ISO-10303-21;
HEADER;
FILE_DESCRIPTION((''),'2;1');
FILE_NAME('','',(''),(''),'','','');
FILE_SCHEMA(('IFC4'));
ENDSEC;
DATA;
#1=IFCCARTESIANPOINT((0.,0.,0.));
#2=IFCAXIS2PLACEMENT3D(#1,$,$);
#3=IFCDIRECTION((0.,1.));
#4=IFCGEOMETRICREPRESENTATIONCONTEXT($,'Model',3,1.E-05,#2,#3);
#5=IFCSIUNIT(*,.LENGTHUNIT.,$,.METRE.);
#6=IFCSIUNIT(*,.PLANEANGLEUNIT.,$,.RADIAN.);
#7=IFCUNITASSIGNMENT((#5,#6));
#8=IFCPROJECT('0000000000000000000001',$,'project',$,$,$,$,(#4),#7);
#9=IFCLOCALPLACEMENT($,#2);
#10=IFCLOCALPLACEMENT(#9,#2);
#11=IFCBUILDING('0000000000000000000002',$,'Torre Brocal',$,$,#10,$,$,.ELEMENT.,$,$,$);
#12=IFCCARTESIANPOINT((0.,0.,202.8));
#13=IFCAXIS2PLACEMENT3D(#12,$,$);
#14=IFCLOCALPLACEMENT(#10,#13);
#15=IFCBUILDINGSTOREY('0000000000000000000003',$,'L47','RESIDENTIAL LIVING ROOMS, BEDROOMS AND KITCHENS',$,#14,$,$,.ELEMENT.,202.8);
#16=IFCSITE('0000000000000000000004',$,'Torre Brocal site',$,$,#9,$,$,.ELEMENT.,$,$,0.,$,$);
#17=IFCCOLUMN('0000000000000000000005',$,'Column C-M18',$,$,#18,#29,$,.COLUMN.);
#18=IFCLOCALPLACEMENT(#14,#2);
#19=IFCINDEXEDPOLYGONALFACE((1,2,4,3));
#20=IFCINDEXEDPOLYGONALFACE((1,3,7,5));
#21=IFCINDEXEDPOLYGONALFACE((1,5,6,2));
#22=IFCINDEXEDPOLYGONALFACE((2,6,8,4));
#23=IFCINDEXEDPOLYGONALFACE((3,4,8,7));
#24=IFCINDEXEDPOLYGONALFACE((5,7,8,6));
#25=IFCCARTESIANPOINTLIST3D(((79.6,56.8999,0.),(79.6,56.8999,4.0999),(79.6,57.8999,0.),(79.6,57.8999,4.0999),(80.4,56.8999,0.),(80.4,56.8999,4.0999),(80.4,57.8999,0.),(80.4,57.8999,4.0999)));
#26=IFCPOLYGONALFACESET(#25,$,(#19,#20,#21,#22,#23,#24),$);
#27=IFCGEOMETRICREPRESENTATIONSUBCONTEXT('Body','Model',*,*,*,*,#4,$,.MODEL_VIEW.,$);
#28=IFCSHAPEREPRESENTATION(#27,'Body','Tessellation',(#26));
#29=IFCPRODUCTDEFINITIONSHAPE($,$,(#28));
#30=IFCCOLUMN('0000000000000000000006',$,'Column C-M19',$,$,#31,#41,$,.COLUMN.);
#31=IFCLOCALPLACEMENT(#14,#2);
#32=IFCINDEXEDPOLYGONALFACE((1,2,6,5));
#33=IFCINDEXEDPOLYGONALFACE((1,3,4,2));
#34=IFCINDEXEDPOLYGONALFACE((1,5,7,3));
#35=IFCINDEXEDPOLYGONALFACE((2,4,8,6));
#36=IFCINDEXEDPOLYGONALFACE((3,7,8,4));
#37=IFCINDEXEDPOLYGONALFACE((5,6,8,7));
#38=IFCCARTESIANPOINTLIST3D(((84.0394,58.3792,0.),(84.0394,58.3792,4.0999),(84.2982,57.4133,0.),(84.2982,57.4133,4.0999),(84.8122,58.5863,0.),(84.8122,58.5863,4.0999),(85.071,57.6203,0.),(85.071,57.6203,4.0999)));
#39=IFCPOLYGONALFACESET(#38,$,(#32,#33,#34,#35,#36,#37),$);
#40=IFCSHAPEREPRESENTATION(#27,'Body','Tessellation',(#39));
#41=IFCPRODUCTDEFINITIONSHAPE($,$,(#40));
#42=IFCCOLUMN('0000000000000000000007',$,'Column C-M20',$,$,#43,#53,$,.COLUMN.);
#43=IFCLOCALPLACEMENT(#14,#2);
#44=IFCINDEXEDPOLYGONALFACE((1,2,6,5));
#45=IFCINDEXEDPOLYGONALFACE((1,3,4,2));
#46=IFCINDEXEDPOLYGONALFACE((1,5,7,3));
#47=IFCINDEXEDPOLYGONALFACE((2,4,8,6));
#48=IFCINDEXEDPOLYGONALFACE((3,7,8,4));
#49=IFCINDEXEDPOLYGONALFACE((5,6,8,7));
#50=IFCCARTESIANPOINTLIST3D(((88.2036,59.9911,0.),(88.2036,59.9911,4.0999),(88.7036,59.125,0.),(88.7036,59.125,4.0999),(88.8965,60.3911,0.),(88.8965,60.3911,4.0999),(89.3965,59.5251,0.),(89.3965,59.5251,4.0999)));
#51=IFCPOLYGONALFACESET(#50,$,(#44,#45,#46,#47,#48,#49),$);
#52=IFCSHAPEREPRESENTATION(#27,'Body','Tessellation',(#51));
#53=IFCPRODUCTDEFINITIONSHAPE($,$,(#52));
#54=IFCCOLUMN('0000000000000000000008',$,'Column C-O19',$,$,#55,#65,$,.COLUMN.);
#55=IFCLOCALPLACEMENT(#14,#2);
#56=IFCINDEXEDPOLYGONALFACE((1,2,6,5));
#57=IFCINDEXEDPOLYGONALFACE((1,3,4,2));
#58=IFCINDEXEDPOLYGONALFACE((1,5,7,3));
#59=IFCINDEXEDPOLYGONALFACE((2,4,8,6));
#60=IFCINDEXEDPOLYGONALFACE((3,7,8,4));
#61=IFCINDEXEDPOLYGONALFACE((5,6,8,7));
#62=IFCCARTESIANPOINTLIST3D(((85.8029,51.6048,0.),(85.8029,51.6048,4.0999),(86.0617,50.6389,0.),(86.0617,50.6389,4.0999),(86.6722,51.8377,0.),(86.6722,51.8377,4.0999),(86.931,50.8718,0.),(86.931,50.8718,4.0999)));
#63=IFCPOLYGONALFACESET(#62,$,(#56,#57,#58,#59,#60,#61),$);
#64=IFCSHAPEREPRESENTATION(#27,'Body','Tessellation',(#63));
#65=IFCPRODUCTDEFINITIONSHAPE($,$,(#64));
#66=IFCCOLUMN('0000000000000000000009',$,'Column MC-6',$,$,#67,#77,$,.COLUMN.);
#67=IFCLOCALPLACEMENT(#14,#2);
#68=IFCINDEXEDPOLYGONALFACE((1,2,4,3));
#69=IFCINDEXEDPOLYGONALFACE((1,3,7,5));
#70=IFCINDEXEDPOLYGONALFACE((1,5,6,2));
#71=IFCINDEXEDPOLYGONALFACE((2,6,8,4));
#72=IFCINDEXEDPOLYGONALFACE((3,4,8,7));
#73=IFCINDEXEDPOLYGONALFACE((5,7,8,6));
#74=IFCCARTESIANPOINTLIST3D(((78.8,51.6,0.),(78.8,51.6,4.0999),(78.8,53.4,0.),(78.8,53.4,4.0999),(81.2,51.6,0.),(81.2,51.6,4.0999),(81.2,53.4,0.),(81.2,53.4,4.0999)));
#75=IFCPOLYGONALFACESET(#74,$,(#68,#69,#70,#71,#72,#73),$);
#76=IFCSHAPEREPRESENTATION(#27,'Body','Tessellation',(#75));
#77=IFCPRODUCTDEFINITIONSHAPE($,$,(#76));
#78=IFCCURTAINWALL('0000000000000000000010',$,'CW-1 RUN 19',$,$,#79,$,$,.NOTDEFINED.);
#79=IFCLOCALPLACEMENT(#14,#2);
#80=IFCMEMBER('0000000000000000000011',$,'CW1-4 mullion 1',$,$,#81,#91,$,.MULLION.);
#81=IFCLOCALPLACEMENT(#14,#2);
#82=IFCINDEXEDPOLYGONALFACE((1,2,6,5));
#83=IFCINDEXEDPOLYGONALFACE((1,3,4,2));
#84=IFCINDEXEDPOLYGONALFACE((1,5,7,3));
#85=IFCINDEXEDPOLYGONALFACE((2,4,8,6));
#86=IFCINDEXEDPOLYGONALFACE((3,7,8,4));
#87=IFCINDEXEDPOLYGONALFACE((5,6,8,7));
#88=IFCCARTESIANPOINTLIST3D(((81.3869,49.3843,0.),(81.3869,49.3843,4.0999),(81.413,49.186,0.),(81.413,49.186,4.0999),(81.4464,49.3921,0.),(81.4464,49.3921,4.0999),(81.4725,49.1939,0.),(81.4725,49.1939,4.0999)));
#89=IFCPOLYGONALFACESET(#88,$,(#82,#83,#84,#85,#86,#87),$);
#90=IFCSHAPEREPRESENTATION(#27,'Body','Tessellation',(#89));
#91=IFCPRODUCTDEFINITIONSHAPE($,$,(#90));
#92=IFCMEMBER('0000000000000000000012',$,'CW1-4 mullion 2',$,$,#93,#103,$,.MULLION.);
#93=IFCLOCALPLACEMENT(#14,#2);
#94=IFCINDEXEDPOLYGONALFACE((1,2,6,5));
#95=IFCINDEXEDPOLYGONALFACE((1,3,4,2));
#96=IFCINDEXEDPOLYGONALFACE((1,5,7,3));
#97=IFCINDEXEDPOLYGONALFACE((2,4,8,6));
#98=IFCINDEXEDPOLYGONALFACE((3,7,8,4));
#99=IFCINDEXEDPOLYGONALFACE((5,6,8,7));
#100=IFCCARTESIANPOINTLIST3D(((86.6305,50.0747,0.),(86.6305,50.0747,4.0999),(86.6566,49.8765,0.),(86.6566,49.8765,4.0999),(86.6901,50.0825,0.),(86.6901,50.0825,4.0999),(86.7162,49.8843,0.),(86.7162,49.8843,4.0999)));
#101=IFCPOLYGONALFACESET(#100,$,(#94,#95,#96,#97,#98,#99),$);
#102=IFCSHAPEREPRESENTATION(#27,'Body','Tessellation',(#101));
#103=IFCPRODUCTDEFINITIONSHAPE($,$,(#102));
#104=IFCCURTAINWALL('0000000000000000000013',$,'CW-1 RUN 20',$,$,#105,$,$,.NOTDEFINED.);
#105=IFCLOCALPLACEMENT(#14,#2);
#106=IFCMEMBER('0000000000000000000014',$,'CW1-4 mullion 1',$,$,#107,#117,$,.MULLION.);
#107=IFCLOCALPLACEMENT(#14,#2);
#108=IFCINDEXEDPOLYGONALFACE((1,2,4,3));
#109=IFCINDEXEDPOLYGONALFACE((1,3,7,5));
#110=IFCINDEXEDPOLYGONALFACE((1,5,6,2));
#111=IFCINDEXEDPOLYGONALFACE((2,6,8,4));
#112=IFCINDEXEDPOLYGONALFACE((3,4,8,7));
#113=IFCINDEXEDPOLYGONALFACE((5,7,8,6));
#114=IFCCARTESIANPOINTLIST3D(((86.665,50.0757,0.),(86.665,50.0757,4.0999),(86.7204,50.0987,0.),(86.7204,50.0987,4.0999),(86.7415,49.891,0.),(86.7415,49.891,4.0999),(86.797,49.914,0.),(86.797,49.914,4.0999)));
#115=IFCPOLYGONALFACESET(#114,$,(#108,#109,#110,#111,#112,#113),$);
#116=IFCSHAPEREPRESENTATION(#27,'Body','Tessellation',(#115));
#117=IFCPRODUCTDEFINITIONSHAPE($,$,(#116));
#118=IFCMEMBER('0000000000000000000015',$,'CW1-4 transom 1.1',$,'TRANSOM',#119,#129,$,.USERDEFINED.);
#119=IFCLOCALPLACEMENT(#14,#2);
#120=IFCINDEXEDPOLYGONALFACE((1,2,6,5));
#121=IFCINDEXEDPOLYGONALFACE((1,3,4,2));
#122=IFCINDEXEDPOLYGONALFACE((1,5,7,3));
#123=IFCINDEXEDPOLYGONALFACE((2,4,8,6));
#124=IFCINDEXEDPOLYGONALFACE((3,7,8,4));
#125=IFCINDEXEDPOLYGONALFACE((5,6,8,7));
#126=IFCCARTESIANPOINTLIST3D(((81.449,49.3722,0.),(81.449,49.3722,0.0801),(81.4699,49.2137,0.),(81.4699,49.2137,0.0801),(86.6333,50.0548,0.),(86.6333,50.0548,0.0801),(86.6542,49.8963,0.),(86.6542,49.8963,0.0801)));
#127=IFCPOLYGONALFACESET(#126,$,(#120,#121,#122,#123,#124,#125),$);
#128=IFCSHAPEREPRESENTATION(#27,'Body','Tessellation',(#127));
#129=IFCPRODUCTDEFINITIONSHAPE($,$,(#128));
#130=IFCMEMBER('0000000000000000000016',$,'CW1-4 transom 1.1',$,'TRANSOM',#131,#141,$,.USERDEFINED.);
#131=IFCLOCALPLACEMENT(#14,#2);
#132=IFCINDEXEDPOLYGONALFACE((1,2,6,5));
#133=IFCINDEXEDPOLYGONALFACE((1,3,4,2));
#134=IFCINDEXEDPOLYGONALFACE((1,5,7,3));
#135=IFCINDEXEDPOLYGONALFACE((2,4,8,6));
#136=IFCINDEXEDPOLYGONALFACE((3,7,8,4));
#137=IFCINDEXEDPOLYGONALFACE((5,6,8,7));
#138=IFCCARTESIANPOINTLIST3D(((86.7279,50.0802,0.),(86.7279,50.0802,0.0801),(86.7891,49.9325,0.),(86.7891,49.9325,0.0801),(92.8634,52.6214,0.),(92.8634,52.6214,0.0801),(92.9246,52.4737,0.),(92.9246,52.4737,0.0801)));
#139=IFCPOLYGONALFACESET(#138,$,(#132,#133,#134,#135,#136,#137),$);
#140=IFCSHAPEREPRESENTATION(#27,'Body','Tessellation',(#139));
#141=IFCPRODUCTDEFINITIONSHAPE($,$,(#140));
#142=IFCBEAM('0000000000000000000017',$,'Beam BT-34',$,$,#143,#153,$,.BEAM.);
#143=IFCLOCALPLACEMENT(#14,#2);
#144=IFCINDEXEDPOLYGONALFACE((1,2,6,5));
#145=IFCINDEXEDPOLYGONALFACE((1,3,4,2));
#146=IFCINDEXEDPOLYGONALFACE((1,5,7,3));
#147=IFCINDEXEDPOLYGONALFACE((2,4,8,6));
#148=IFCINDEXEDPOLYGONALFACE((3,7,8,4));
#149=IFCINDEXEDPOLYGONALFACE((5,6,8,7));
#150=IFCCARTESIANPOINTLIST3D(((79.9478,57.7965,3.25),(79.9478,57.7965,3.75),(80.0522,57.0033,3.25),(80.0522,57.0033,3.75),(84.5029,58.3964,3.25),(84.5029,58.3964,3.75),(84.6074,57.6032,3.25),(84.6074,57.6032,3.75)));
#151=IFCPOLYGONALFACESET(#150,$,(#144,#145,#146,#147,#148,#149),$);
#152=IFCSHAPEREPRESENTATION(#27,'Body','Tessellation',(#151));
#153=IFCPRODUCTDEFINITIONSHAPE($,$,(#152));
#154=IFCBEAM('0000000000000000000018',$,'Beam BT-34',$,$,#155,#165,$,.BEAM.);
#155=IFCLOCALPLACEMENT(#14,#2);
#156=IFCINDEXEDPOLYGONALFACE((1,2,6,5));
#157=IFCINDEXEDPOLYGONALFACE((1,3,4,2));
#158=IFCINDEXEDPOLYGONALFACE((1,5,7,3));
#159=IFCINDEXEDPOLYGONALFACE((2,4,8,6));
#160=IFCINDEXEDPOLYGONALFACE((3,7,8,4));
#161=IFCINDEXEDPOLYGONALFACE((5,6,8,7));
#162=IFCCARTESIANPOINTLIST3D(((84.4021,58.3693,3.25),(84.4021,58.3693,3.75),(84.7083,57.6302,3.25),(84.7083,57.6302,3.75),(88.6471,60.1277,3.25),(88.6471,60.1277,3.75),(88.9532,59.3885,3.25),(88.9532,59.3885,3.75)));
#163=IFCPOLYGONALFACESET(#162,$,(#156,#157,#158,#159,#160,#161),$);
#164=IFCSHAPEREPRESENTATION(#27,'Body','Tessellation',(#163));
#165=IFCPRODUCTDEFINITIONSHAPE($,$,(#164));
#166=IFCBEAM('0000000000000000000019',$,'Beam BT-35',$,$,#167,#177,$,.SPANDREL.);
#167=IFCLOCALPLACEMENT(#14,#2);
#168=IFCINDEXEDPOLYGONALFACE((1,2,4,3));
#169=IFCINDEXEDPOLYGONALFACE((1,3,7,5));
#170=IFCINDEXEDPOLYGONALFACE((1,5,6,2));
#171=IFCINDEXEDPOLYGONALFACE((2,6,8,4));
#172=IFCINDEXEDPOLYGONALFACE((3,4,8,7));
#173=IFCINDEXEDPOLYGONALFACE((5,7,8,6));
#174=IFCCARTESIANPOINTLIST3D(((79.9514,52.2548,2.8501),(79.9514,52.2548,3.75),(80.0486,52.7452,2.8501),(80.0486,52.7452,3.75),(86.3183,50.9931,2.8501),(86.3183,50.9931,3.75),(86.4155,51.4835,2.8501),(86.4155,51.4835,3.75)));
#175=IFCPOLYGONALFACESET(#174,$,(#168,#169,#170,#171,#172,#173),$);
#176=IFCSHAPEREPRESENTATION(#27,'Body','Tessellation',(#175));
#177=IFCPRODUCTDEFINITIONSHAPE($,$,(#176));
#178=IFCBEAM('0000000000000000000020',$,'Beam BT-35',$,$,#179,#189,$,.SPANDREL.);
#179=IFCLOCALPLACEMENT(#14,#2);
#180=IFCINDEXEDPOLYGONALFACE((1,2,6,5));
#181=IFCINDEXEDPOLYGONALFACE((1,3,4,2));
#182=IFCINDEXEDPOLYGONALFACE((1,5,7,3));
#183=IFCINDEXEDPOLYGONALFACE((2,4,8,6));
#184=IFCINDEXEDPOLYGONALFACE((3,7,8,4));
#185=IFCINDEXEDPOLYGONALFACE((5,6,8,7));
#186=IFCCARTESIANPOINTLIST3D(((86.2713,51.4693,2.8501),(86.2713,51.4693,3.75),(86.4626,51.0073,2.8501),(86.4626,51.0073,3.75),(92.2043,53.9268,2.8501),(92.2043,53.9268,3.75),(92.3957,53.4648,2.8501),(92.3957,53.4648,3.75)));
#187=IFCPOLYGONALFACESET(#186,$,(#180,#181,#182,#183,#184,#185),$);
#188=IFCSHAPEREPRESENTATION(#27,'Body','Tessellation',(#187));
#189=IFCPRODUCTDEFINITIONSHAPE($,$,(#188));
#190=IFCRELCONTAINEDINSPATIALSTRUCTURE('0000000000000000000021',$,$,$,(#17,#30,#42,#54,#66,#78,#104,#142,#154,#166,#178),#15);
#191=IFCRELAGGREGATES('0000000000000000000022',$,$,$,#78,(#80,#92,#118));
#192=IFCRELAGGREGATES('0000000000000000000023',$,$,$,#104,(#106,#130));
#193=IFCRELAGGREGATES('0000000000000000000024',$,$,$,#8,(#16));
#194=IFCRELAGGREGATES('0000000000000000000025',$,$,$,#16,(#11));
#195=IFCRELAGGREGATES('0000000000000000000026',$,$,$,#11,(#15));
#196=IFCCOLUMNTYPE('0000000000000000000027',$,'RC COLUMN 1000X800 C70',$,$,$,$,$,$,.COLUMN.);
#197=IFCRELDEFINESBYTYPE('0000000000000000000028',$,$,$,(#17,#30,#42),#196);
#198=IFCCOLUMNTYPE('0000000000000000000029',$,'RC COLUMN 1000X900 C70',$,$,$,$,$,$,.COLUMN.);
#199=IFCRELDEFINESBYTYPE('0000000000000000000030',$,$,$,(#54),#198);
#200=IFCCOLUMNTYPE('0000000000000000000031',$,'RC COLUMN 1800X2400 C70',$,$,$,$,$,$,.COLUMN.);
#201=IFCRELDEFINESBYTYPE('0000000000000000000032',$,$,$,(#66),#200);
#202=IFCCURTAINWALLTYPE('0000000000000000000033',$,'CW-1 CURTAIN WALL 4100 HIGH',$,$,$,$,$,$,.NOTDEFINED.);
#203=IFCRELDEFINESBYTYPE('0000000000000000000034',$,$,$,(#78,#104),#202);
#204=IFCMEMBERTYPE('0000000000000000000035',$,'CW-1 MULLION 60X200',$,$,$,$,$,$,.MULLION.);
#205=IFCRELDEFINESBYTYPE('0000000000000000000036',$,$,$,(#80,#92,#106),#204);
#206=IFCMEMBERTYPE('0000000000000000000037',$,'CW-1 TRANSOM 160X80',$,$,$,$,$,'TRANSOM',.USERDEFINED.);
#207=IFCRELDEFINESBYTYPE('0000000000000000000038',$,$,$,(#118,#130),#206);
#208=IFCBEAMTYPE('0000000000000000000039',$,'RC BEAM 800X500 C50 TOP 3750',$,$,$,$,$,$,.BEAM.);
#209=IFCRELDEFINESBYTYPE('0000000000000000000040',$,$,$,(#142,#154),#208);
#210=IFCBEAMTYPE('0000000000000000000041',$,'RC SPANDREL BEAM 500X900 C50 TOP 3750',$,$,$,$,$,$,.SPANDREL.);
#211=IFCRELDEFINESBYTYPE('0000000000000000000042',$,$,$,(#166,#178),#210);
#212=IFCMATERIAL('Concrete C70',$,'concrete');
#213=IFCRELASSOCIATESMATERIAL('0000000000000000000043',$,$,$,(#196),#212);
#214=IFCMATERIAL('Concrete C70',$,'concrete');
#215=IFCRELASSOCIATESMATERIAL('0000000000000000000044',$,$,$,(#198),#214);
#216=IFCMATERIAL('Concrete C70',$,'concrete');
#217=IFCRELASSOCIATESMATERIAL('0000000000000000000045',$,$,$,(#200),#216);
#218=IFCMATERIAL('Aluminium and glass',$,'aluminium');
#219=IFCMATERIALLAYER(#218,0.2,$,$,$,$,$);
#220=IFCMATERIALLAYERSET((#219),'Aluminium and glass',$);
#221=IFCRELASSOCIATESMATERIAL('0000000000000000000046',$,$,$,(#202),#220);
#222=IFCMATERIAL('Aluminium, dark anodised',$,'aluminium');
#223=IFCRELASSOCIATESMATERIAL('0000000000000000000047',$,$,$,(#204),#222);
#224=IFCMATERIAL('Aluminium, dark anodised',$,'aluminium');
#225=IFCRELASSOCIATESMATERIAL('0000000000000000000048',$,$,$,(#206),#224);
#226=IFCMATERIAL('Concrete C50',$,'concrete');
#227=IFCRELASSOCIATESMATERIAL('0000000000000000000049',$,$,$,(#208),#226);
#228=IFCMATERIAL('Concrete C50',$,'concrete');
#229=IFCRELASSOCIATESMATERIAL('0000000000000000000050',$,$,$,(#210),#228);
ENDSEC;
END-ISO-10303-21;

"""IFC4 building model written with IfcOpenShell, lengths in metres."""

from ifc_helpers import new_model, si_unit, direction, frame, origin, origin_2d, place, context, subcontext, project, spatial, rectangle, extrude, material, layer, layer_set, material_profile, profile_set, type_object, element, aggregate, save


model = new_model("IFC4")

# Units and contexts
model_context = context("Model", 3, precision=1e-05, world=origin(), true_north=direction((0.0, 1.0)))
body_context = subcontext(model_context, "Body", "Model", "MODEL_VIEW")
ifc_project = project(units=[si_unit("LENGTHUNIT", "METRE"), si_unit("PLANEANGLEUNIT", "RADIAN")], contexts=[model_context])

# Site, building, storey
site_placement = place(None, origin())
site = spatial("IfcSite", under=ifc_project, at=site_placement, Name="Torre Brocal site", CompositionType="ELEMENT", RefElevation=0.0)
building_placement = place(site_placement, origin())
building = spatial("IfcBuilding", under=site, at=building_placement, Name="Torre Brocal", CompositionType="ELEMENT")
storey_placement = place(building_placement, frame((0.0, 0.0, 202.8)))
storey = spatial("IfcBuildingStorey", under=building, at=storey_placement, Name="L47", Description="RESIDENTIAL LIVING ROOMS, BEDROOMS AND KITCHENS", CompositionType="ELEMENT", Elevation=202.8)

# Columns
ifc_material_1 = material(Name="Concrete C70", Category="concrete")
ifc_material_profile_1 = material_profile(ifc_material_1, rectangle(XDim=1.0, YDim=0.8, at=origin_2d()), Name="RC 1000X800")
ifc_profile_set_1 = profile_set([ifc_material_profile_1], Name="Concrete C70")
column_type_1 = type_object("IfcColumnType", Name="RC COLUMN 1000X800 C70", PredefinedType="COLUMN", material=ifc_profile_set_1)
for number, where, z_axis, x_axis, name in (
    (1, (80.0, 57.3999, 0.0), (0.0, 0.0, 1.0), (0.0, -1.0, 0.0), "Column C-M18"),
    (2, (84.5552, 57.9998, 0.0), (0.0, 0.0, 1.0), (0.258819, -0.965926, 0.0), "Column C-M19"),
    (3, (88.8, 59.7581, 0.0), (0.0, 0.0, 1.0), (0.5, -0.866025, 0.0), "Column C-M20"),
):
    element("IfcColumn", number, at=place(storey_placement, frame(where, z_axis=z_axis, x_axis=x_axis)), inside=storey, type_object=column_type_1, Name=name, PredefinedType="COLUMN", context=body_context, shape_type="SweptSolid", body=[
        extrude(rectangle(XDim=1.0, YDim=0.8, at=origin_2d()), origin(), (0.0, 0.0, 1.0), 4.0999),
    ])
ifc_material_2 = material(Name="Concrete C70", Category="concrete")
ifc_material_profile_2 = material_profile(ifc_material_2, rectangle(XDim=1.0, YDim=0.8999, at=origin_2d()), Name="RC 1000X900")
ifc_profile_set_2 = profile_set([ifc_material_profile_2], Name="Concrete C70")
column_type_2 = type_object("IfcColumnType", Name="RC COLUMN 1000X900 C70", PredefinedType="COLUMN", material=ifc_profile_set_2)
column_1_placement = place(storey_placement, frame((86.3669, 51.2383, 0.0), z_axis=(0.0, 0.0, 1.0), x_axis=(0.258819, -0.965926, 0.0)))
element("IfcColumn", 4, at=column_1_placement, inside=storey, type_object=column_type_2, Name="Column C-O19", PredefinedType="COLUMN", context=body_context, shape_type="SweptSolid", body=[
    extrude(rectangle(XDim=1.0, YDim=0.8999, at=origin_2d()), origin(), (0.0, 0.0, 1.0), 4.0999),
])
ifc_material_3 = material(Name="Concrete C70", Category="concrete")
ifc_material_profile_3 = material_profile(ifc_material_3, rectangle(XDim=1.8, YDim=2.3999, at=origin_2d()), Name="RC 1800X2400")
ifc_profile_set_3 = profile_set([ifc_material_profile_3], Name="Concrete C70")
column_type_3 = type_object("IfcColumnType", Name="RC COLUMN 1800X2400 C70", PredefinedType="COLUMN", material=ifc_profile_set_3)
column_2_placement = place(storey_placement, frame((80.0, 52.5, 0.0), z_axis=(0.0, 0.0, 1.0), x_axis=(0.0, -1.0, 0.0)))
element("IfcColumn", 5, at=column_2_placement, inside=storey, type_object=column_type_3, Name="Column MC-6", PredefinedType="COLUMN", context=body_context, shape_type="SweptSolid", body=[
    extrude(rectangle(XDim=1.8, YDim=2.3999, at=origin_2d()), origin(), (0.0, 0.0, 1.0), 4.0999),
])

# Curtain wall, members
ifc_material_4 = material(Name="Aluminium and glass", Category="aluminium")
ifc_layer_1 = layer(ifc_material_4, 0.2)
ifc_layer_set_1 = layer_set([ifc_layer_1], Name="Aluminium and glass")
curtain_wall_type = type_object("IfcCurtainWallType", Name="CW-1 CURTAIN WALL 4100 HIGH", PredefinedType="NOTDEFINED", material=ifc_layer_set_1)
curtain_wall_1_placement = place(storey_placement, origin())
curtain_wall_1 = element("IfcCurtainWall", 6, at=curtain_wall_1_placement, inside=storey, type_object=curtain_wall_type, Name="CW-1 RUN 19", PredefinedType="NOTDEFINED")
ifc_material_5 = material(Name="Aluminium, dark anodised", Category="aluminium")
ifc_material_profile_4 = material_profile(ifc_material_5, rectangle(XDim=0.2, YDim=0.0601, at=origin_2d()), Name="CW-1 MULLION 60X200")
ifc_profile_set_4 = profile_set([ifc_material_profile_4], Name="Aluminium, dark anodised")
member_type_1 = type_object("IfcMemberType", Name="CW-1 MULLION 60X200", PredefinedType="MULLION", material=ifc_profile_set_4)
member_1_placement = place(storey_placement, frame((81.4297, 49.2891, 0.0), z_axis=(0.0, 0.0, 1.0), x_axis=(-0.130526, 0.991445, 0.0)))
member_1 = element("IfcMember", 7, at=member_1_placement, type_object=member_type_1, Name="CW1-4 mullion 1", PredefinedType="MULLION", context=body_context, shape_type="SweptSolid", body=[
    extrude(rectangle(XDim=0.2, YDim=0.0601, at=origin_2d()), origin(), (0.0, 0.0, 1.0), 4.0999),
])
member_2_placement = place(storey_placement, frame((86.6733, 49.9795, 0.0), z_axis=(0.0, 0.0, 1.0), x_axis=(-0.130526, 0.991445, 0.0)))
member_2 = element("IfcMember", 8, at=member_2_placement, type_object=member_type_1, Name="CW1-4 mullion 2", PredefinedType="MULLION", context=body_context, shape_type="SweptSolid", body=[
    extrude(rectangle(XDim=0.2, YDim=0.0601, at=origin_2d()), origin(), (0.0, 0.0, 1.0), 4.0999),
])

# Curtain wall, member
curtain_wall_2_placement = place(storey_placement, origin())
curtain_wall_2 = element("IfcCurtainWall", 9, at=curtain_wall_2_placement, inside=storey, type_object=curtain_wall_type, Name="CW-1 RUN 20", PredefinedType="NOTDEFINED")
member_3_placement = place(storey_placement, frame((86.731, 49.9949, 0.0), z_axis=(0.0, 0.0, 1.0), x_axis=(-0.382683, 0.92388, 0.0)))
member_3 = element("IfcMember", 10, at=member_3_placement, type_object=member_type_1, Name="CW1-4 mullion 1", PredefinedType="MULLION", context=body_context, shape_type="SweptSolid", body=[
    extrude(rectangle(XDim=0.2, YDim=0.0601, at=origin_2d()), origin(), (0.0, 0.0, 1.0), 4.0999),
])

# Members
ifc_material_6 = material(Name="Aluminium, dark anodised", Category="aluminium")
ifc_material_profile_5 = material_profile(ifc_material_6, rectangle(XDim=0.1599, YDim=0.0801, at=origin_2d()), Name="CW-1 TRANSOM 160X80")
ifc_profile_set_5 = profile_set([ifc_material_profile_5], Name="Aluminium, dark anodised")
member_type_2 = type_object("IfcMemberType", Name="CW-1 TRANSOM 160X80", ElementType="TRANSOM", PredefinedType="USERDEFINED", material=ifc_profile_set_5)
member_4_placement = place(storey_placement, frame((81.4595, 49.293, 0.04), z_axis=(0.991443, 0.130543, 0.0), x_axis=(-0.130543, 0.991443, 0.0)))
member_4 = element("IfcMember", 11, at=member_4_placement, type_object=member_type_2, Name="CW1-4 transom 1.1", ObjectType="TRANSOM", PredefinedType="USERDEFINED", context=body_context, shape_type="SweptSolid", body=[
    extrude(rectangle(XDim=0.1599, YDim=0.0801, at=origin_2d()), origin(), (0.0, 0.0, 1.0), 5.229),
])
member_5_placement = place(storey_placement, frame((86.7585, 50.0063, 0.04), z_axis=(0.923887, 0.382665, 0.0), x_axis=(-0.382665, 0.923887, 0.0)))
member_5 = element("IfcMember", 12, at=member_5_placement, type_object=member_type_2, Name="CW1-4 transom 1.1", ObjectType="TRANSOM", PredefinedType="USERDEFINED", context=body_context, shape_type="SweptSolid", body=[
    extrude(rectangle(XDim=0.1599, YDim=0.0801, at=origin_2d()), origin(), (0.0, 0.0, 1.0), 6.6409),
])

# Beams
ifc_material_7 = material(Name="Concrete C50", Category="concrete")
ifc_material_profile_6 = material_profile(ifc_material_7, rectangle(XDim=0.8, YDim=0.5, at=origin_2d()), Name="RC 800X500")
ifc_profile_set_6 = profile_set([ifc_material_profile_6], Name="Concrete C50")
beam_type_1 = type_object("IfcBeamType", Name="RC BEAM 800X500 C50 TOP 3750", PredefinedType="BEAM", material=ifc_profile_set_6)
beam_1_placement = place(storey_placement, frame((80.0, 57.3999, 3.5), z_axis=(0.991441, 0.130559, 0.0), x_axis=(-0.130559, 0.991441, 0.0)))
element("IfcBeam", 13, at=beam_1_placement, inside=storey, type_object=beam_type_1, Name="Beam BT-34", PredefinedType="BEAM", context=body_context, shape_type="SweptSolid", body=[
    extrude(rectangle(XDim=0.8, YDim=0.5, at=origin_2d()), origin(), (0.0, 0.0, 1.0), 4.5945),
])
beam_2_placement = place(storey_placement, frame((84.5552, 57.9998, 3.5), z_axis=(0.923878, 0.382687, 0.0), x_axis=(-0.382687, 0.923878, 0.0)))
element("IfcBeam", 14, at=beam_2_placement, inside=storey, type_object=beam_type_1, Name="Beam BT-34", PredefinedType="BEAM", context=body_context, shape_type="SweptSolid", body=[
    extrude(rectangle(XDim=0.8, YDim=0.5, at=origin_2d()), origin(), (0.0, 0.0, 1.0), 4.5947),
])
ifc_material_8 = material(Name="Concrete C50", Category="concrete")
ifc_material_profile_7 = material_profile(ifc_material_8, rectangle(XDim=0.5, YDim=0.8999, at=origin_2d()), Name="RC 500X900")
ifc_profile_set_7 = profile_set([ifc_material_profile_7], Name="Concrete C50")
beam_type_2 = type_object("IfcBeamType", Name="RC SPANDREL BEAM 500X900 C50 TOP 3750", PredefinedType="SPANDREL", material=ifc_profile_set_7)
beam_3_placement = place(storey_placement, frame((80.0, 52.5, 3.3), z_axis=(0.980925, -0.194387, 0.0), x_axis=(0.194387, 0.980925, 0.0)))
element("IfcBeam", 15, at=beam_3_placement, inside=storey, type_object=beam_type_2, Name="Beam BT-35", PredefinedType="SPANDREL", context=body_context, shape_type="SweptSolid", body=[
    extrude(rectangle(XDim=0.5, YDim=0.8999, at=origin_2d()), origin(), (0.0, 0.0, 1.0), 6.4907),
])
beam_4_placement = place(storey_placement, frame((86.3669, 51.2383, 3.3), z_axis=(0.923882, 0.382676, 0.0), x_axis=(-0.382676, 0.923882, 0.0)))
element("IfcBeam", 16, at=beam_4_placement, inside=storey, type_object=beam_type_2, Name="Beam BT-35", PredefinedType="SPANDREL", context=body_context, shape_type="SweptSolid", body=[
    extrude(rectangle(XDim=0.5, YDim=0.8999, at=origin_2d()), origin(), (0.0, 0.0, 1.0), 6.4219),
])

aggregate(curtain_wall_1, [member_1, member_2, member_4])
aggregate(curtain_wall_2, [member_3, member_5])

save(model, "model.ifc")
